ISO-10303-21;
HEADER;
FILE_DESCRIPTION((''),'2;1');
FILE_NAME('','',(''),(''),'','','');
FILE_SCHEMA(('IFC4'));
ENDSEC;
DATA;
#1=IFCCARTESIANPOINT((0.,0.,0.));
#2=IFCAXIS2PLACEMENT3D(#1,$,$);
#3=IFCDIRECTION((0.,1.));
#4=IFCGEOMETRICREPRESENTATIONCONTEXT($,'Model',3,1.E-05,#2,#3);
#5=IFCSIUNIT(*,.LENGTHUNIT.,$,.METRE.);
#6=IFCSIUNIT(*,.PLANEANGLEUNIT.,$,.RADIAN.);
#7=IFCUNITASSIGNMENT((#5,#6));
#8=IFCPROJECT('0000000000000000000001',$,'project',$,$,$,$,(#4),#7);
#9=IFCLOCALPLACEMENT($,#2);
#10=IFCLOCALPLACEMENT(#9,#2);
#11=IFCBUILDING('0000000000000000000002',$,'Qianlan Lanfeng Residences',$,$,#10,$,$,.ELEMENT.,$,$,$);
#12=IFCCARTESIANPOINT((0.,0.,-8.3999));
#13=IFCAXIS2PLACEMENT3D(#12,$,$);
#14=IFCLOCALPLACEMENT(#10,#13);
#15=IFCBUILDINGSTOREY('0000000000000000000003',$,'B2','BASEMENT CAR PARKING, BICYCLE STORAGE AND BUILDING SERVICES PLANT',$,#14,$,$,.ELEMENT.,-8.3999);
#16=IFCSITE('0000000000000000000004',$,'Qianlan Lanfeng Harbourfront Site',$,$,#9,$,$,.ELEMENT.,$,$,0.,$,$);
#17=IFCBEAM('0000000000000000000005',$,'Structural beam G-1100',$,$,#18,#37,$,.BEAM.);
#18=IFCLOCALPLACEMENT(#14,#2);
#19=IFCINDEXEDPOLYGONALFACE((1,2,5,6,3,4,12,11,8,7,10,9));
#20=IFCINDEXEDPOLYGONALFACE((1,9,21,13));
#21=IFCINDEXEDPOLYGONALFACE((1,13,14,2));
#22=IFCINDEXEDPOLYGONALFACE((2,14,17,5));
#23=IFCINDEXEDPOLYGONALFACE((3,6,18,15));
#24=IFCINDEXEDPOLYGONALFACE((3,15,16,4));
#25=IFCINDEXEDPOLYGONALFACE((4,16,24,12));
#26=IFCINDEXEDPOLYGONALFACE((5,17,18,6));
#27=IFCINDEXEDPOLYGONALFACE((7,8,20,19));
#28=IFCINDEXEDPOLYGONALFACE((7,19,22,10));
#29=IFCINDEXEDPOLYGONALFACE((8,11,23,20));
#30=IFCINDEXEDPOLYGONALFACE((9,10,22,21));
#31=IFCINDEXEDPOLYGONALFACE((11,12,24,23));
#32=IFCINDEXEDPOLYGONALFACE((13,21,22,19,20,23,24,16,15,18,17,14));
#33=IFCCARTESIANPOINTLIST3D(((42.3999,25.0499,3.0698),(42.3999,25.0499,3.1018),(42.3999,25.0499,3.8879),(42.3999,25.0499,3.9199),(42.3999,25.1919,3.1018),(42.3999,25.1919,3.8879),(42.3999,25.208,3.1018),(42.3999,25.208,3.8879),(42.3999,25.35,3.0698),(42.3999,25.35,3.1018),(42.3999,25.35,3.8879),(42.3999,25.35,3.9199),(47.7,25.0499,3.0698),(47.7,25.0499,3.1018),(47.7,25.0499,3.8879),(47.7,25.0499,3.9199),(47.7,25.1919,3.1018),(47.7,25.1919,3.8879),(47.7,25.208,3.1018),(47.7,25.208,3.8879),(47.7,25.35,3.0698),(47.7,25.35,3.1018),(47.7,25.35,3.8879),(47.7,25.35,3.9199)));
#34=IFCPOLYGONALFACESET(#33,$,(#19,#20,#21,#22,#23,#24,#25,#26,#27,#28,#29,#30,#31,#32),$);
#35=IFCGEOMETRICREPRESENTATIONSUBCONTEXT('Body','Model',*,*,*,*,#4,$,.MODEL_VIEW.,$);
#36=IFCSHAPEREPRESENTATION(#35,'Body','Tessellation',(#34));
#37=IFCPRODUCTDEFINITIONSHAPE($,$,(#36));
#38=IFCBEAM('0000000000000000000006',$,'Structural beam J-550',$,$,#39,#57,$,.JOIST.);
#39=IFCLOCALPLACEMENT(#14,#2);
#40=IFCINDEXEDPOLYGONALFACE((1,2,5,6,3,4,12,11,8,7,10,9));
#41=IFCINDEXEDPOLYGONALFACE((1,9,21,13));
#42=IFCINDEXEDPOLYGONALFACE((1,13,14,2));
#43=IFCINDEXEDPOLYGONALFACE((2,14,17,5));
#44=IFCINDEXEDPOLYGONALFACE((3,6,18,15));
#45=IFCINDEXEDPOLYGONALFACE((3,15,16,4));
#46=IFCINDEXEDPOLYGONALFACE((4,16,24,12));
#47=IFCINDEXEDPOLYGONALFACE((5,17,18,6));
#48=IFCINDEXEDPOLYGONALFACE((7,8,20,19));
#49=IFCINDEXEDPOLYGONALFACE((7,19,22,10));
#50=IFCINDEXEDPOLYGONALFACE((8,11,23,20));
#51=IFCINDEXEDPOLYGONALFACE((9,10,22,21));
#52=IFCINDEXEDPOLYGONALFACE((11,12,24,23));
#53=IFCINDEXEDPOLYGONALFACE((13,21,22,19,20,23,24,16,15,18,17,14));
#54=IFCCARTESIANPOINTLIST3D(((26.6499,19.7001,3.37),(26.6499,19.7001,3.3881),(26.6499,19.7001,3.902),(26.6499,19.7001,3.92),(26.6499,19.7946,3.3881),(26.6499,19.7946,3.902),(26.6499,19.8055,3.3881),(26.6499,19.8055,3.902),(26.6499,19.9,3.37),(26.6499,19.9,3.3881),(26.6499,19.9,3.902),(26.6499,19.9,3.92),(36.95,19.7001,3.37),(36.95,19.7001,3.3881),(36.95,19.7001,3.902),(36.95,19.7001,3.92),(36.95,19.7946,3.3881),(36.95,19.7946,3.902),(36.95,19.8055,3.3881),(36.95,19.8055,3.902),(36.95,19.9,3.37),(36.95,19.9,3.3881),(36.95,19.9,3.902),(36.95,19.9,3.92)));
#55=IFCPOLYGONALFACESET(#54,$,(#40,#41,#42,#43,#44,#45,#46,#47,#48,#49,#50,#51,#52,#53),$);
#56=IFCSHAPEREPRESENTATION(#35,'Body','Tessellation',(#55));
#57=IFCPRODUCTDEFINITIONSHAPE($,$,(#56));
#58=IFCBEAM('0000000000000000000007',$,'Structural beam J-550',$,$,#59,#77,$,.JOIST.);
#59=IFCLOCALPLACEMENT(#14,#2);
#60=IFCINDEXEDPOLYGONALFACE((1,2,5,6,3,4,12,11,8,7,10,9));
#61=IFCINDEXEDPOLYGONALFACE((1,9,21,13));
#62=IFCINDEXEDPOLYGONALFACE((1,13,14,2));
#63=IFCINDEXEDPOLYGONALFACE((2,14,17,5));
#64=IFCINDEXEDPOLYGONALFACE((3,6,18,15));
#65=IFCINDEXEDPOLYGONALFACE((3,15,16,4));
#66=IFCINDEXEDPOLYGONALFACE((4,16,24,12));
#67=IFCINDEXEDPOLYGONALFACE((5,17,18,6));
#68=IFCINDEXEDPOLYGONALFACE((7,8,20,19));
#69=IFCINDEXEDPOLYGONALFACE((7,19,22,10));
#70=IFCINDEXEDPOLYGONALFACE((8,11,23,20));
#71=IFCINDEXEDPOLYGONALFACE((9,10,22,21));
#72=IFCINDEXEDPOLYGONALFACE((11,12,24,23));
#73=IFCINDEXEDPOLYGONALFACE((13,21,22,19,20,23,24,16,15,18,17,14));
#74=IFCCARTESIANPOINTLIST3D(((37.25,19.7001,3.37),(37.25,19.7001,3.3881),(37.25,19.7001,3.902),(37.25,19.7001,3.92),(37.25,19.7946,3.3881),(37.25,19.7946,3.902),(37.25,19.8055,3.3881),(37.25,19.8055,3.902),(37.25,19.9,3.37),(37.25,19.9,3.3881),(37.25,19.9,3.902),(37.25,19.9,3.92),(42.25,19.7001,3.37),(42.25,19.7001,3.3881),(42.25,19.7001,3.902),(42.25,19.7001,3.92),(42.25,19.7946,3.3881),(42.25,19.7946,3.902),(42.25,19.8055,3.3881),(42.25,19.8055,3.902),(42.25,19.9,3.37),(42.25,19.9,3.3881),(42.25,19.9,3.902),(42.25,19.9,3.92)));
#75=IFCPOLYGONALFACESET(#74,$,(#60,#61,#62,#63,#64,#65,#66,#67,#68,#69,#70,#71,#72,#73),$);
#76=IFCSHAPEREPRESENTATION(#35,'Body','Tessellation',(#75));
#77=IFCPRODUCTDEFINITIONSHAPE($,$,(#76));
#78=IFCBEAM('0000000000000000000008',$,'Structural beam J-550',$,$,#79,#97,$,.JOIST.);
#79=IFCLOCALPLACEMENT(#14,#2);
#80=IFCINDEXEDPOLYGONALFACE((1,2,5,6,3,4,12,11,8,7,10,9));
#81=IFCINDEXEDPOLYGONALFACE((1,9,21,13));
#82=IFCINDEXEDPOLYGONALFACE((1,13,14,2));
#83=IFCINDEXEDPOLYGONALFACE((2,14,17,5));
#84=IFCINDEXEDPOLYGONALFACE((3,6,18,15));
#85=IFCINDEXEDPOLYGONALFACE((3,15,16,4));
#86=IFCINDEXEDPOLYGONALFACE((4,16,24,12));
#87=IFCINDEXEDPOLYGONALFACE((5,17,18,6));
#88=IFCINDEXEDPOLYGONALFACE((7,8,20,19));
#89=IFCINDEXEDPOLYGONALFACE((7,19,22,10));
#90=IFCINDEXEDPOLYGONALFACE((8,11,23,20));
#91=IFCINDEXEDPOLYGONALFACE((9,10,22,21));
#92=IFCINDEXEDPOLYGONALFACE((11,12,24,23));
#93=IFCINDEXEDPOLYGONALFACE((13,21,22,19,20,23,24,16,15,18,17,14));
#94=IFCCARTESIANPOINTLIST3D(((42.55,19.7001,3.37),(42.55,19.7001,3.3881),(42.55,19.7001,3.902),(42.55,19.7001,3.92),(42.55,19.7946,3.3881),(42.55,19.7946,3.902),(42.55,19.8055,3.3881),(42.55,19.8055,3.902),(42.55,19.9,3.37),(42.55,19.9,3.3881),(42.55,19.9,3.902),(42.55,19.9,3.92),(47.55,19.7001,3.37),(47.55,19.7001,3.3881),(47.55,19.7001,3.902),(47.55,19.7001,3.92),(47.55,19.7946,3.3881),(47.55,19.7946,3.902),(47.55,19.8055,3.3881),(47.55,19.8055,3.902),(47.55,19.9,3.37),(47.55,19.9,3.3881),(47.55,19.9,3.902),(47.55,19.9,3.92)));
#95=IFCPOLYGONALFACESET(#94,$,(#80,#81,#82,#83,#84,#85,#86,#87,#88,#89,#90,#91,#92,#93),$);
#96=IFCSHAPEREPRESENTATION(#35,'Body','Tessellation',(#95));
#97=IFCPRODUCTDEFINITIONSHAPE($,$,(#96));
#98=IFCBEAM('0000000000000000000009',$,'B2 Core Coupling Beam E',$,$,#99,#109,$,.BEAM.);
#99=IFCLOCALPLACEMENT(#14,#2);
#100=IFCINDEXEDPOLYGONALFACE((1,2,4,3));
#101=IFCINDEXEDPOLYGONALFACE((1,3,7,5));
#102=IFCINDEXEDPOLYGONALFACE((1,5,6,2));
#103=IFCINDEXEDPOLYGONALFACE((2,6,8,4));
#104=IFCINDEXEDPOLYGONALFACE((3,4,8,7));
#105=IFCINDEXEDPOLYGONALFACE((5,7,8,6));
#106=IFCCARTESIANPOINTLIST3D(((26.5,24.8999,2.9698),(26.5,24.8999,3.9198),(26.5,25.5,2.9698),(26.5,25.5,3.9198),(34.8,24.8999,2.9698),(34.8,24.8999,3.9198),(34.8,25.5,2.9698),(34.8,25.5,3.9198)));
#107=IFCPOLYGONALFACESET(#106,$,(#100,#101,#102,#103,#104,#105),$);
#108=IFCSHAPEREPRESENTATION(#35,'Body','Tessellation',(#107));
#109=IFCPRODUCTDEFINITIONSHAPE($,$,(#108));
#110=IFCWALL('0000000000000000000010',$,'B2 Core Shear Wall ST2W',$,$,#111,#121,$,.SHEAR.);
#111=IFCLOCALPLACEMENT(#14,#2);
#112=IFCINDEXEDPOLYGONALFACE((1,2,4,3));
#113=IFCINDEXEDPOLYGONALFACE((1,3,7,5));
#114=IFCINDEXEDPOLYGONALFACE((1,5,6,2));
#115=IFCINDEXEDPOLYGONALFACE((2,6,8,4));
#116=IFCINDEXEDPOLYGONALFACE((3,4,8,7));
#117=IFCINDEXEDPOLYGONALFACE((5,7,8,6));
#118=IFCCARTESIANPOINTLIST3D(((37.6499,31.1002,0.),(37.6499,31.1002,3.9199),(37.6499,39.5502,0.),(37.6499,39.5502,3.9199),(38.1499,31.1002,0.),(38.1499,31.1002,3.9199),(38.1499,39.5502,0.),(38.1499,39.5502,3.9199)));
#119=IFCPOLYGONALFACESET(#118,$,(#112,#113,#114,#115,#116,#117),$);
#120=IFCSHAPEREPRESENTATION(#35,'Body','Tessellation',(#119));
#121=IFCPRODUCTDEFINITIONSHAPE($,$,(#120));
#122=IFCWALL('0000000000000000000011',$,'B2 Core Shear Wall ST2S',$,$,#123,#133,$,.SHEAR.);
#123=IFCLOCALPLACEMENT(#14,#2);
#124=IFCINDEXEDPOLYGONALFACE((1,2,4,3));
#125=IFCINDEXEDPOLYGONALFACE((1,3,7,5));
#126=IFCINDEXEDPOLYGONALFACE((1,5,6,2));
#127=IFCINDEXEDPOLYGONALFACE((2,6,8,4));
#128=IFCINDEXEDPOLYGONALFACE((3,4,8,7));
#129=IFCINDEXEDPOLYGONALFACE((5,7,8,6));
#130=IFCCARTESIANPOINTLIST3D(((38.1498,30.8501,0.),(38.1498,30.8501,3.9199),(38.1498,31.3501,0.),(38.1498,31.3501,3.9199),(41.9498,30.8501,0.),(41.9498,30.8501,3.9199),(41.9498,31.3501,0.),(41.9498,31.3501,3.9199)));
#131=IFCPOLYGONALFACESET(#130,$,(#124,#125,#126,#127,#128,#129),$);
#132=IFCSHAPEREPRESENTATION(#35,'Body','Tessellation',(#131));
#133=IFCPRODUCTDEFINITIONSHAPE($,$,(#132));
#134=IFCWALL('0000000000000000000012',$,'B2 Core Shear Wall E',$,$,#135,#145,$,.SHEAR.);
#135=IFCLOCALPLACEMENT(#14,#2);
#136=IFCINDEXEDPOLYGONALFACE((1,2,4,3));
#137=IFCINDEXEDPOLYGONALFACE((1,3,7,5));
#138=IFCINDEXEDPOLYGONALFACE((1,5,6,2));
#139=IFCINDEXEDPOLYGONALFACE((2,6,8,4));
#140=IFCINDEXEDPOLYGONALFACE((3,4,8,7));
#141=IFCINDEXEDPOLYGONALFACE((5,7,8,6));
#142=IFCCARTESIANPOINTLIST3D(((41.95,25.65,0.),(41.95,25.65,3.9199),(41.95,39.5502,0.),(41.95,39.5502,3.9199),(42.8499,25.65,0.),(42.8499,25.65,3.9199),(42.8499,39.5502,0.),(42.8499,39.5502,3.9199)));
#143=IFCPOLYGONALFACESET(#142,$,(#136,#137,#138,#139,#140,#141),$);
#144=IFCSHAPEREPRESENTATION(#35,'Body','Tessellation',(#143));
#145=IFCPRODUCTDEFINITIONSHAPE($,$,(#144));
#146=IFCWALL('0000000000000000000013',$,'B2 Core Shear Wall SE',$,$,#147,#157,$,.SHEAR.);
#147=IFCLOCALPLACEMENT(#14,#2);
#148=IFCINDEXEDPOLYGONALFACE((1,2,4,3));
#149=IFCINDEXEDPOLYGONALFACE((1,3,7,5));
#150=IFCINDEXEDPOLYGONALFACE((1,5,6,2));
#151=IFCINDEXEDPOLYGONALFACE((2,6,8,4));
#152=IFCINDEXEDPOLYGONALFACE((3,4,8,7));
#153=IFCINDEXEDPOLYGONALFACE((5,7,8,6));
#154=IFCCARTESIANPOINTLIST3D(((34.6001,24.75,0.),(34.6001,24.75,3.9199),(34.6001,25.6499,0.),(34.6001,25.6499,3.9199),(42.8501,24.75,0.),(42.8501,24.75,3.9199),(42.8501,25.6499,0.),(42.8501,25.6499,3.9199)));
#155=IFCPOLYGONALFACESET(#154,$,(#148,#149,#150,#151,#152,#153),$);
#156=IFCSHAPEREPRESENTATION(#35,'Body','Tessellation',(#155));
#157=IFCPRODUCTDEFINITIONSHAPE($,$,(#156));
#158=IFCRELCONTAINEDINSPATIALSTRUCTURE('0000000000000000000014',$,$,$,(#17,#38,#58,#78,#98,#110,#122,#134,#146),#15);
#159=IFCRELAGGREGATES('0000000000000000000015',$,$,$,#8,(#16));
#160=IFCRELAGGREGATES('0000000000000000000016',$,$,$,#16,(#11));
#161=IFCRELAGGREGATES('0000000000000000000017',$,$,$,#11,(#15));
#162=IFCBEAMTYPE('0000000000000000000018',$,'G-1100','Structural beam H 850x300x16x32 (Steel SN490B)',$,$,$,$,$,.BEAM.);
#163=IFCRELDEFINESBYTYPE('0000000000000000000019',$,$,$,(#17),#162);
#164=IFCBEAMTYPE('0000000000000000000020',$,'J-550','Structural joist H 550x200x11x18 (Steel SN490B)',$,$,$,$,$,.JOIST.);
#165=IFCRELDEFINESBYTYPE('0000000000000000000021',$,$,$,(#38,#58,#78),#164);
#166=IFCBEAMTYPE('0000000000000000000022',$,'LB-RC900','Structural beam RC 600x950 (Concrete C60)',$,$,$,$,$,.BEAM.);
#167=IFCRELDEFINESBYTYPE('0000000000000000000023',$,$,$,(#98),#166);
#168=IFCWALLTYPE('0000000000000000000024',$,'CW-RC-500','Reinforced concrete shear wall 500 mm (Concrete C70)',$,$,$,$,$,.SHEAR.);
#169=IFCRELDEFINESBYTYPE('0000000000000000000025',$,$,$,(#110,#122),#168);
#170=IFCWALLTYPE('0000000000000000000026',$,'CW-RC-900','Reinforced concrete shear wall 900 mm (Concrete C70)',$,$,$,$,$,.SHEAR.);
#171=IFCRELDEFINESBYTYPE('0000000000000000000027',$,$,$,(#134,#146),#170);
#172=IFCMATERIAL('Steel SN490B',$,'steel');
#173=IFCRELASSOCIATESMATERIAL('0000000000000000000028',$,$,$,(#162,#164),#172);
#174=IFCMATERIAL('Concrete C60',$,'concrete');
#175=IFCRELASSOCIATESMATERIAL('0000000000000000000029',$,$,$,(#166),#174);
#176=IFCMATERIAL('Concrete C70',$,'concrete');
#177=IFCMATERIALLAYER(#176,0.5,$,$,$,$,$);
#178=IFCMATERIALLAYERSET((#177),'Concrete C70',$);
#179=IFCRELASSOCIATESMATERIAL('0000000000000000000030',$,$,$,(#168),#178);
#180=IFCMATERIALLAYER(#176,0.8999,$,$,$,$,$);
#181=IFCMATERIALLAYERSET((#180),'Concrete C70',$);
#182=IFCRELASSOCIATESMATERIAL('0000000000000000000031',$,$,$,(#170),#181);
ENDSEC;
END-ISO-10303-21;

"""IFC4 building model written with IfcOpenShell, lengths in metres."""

from ifc_helpers import new_model, si_unit, direction, frame, frame_2d, origin, origin_2d, place, context, subcontext, project, spatial, rectangle, i_section, extrude, material, layer, layer_set, material_profile, profile_set, type_object, element, save


model = new_model("IFC4")

# Units and contexts
model_context = context("Model", 3, precision=1e-05, world=origin(), true_north=direction((0.0, 1.0)))
body_context = subcontext(model_context, "Body", "Model", "MODEL_VIEW")
ifc_project = project(units=[si_unit("LENGTHUNIT", "METRE"), si_unit("PLANEANGLEUNIT", "RADIAN")], contexts=[model_context])

# Site, building, storey
site_placement = place(None, origin())
site = spatial("IfcSite", under=ifc_project, at=site_placement, Name="Qianlan Lanfeng Harbourfront Site", CompositionType="ELEMENT", RefElevation=0.0)
building_placement = place(site_placement, origin())
building = spatial("IfcBuilding", under=site, at=building_placement, Name="Qianlan Lanfeng Residences", CompositionType="ELEMENT")
storey_placement = place(building_placement, frame((0.0, 0.0, -8.3999)))
storey = spatial("IfcBuildingStorey", under=building, at=storey_placement, Name="B2", Description="BASEMENT CAR PARKING, BICYCLE STORAGE AND BUILDING SERVICES PLANT", CompositionType="ELEMENT", Elevation=-8.3999)

# Beams
ifc_material_1 = material(Name="Steel SN490B", Category="steel")
ifc_material_profile_1 = material_profile(ifc_material_1, i_section(OverallWidth=0.3, OverallDepth=0.8501, WebThickness=0.0161, FlangeThickness=0.032, at=origin_2d()), Name="H 850x300x16x32")
ifc_profile_set_1 = profile_set([ifc_material_profile_1], Name="Steel SN490B")
beam_type_1 = type_object("IfcBeamType", Name="G-1100", Description="Structural beam H 850x300x16x32 (Steel SN490B)", PredefinedType="BEAM", material=ifc_profile_set_1)
beam_1_placement = place(storey_placement, frame((42.3999, 25.2, 3.4949), z_axis=(1.0, 0.0, 0.0), x_axis=(0.0, 1.0, 0.0)))
element("IfcBeam", 1, at=beam_1_placement, inside=storey, type_object=beam_type_1, Name="Structural beam G-1100", PredefinedType="BEAM", context=body_context, shape_type="SweptSolid", body=[
    extrude(i_section(OverallWidth=0.3, OverallDepth=0.8501, WebThickness=0.0161, FlangeThickness=0.032, at=origin_2d()), origin(), (0.0, 0.0, 1.0), 5.3),
])
ifc_material_profile_2 = material_profile(ifc_material_1, i_section(OverallWidth=0.2, OverallDepth=0.55, WebThickness=0.011, FlangeThickness=0.0181, at=origin_2d()), Name="H 550x200x11x18")
ifc_profile_set_2 = profile_set([ifc_material_profile_2], Name="Steel SN490B")
beam_type_2 = type_object("IfcBeamType", Name="J-550", Description="Structural joist H 550x200x11x18 (Steel SN490B)", PredefinedType="JOIST", material=ifc_profile_set_2)
beam_2_placement = place(storey_placement, frame((26.6499, 19.8, 3.645), z_axis=(1.0, 0.0, 0.0), x_axis=(0.0, 1.0, 0.0)))
element("IfcBeam", 2, at=beam_2_placement, inside=storey, type_object=beam_type_2, Name="Structural beam J-550", PredefinedType="JOIST", context=body_context, shape_type="SweptSolid", body=[
    extrude(i_section(OverallWidth=0.2, OverallDepth=0.55, WebThickness=0.011, FlangeThickness=0.0181, at=origin_2d()), origin(), (0.0, 0.0, 1.0), 10.3),
])
for number, where, z_axis, x_axis, name in (
    (3, (37.25, 19.8, 3.645), (1.0, 0.0, 0.0), (0.0, 1.0, 0.0), "Structural beam J-550"),
    (4, (42.55, 19.8, 3.645), (1.0, 0.0, 0.0), (0.0, 1.0, 0.0), "Structural beam J-550"),
):
    element("IfcBeam", number, at=place(storey_placement, frame(where, z_axis=z_axis, x_axis=x_axis)), inside=storey, type_object=beam_type_2, Name=name, PredefinedType="JOIST", context=body_context, shape_type="SweptSolid", body=[
        extrude(i_section(OverallWidth=0.2, OverallDepth=0.55, WebThickness=0.011, FlangeThickness=0.0181, at=origin_2d()), origin(), (0.0, 0.0, 1.0), 5.0),
    ])
ifc_material_2 = material(Name="Concrete C60", Category="concrete")
ifc_material_profile_3 = material_profile(ifc_material_2, rectangle(XDim=0.6001, YDim=0.95, at=origin_2d()), Name="RC 600x950")
ifc_profile_set_3 = profile_set([ifc_material_profile_3], Name="Concrete C60")
beam_type_3 = type_object("IfcBeamType", Name="LB-RC900", Description="Structural beam RC 600x950 (Concrete C60)", PredefinedType="BEAM", material=ifc_profile_set_3)
beam_3_placement = place(storey_placement, frame((26.5, 25.2, 3.4448), z_axis=(1.0, 0.0, 0.0), x_axis=(0.0, 1.0, 0.0)))
element("IfcBeam", 5, at=beam_3_placement, inside=storey, type_object=beam_type_3, Name="B2 Core Coupling Beam E", PredefinedType="BEAM", context=body_context, shape_type="SweptSolid", body=[
    extrude(rectangle(XDim=0.6001, YDim=0.95, at=origin_2d()), origin(), (0.0, 0.0, 1.0), 8.3),
])

# Walls
ifc_material_3 = material(Name="Concrete C70", Category="concrete")
ifc_layer_1 = layer(ifc_material_3, 0.5)
ifc_layer_set_1 = layer_set([ifc_layer_1], Name="Concrete C70")
wall_type_1 = type_object("IfcWallType", Name="CW-RC-500", Description="Reinforced concrete shear wall 500 mm (Concrete C70)", PredefinedType="SHEAR", material=ifc_layer_set_1)
wall_1_placement = place(storey_placement, frame((37.8999, 31.1001, 0.0), z_axis=(0.0, 0.0, 1.0), x_axis=(0.0, 1.0, 0.0)))
element("IfcWall", 6, at=wall_1_placement, inside=storey, type_object=wall_type_1, Name="B2 Core Shear Wall ST2W", PredefinedType="SHEAR", context=body_context, shape_type="SweptSolid", body=[
    extrude(rectangle(XDim=8.45, YDim=0.5, at=frame_2d((4.2251, 0.0))), origin(), (0.0, 0.0, 1.0), 3.9199),
])
wall_2_placement = place(storey_placement, frame((38.1499, 31.1001, 0.0), z_axis=(0.0, 0.0, 1.0), x_axis=(1.0, 0.0, 0.0)))
element("IfcWall", 7, at=wall_2_placement, inside=storey, type_object=wall_type_1, Name="B2 Core Shear Wall ST2S", PredefinedType="SHEAR", context=body_context, shape_type="SweptSolid", body=[
    extrude(rectangle(XDim=3.8, YDim=0.5, at=frame_2d((1.8999, 0.0))), origin(), (0.0, 0.0, 1.0), 3.9199),
])
ifc_layer_2 = layer(ifc_material_3, 0.8999)
ifc_layer_set_2 = layer_set([ifc_layer_2], Name="Concrete C70")
wall_type_2 = type_object("IfcWallType", Name="CW-RC-900", Description="Reinforced concrete shear wall 900 mm (Concrete C70)", PredefinedType="SHEAR", material=ifc_layer_set_2)
wall_3_placement = place(storey_placement, frame((42.3999, 25.6499, 0.0), z_axis=(0.0, 0.0, 1.0), x_axis=(0.0, 1.0, 0.0)))
element("IfcWall", 8, at=wall_3_placement, inside=storey, type_object=wall_type_2, Name="B2 Core Shear Wall E", PredefinedType="SHEAR", context=body_context, shape_type="SweptSolid", body=[
    extrude(rectangle(XDim=13.9001, YDim=0.8999, at=frame_2d((6.9502, 0.0))), origin(), (0.0, 0.0, 1.0), 3.9199),
])
wall_4_placement = place(storey_placement, frame((34.6001, 25.2, 0.0), z_axis=(0.0, 0.0, 1.0), x_axis=(1.0, 0.0, 0.0)))
element("IfcWall", 9, at=wall_4_placement, inside=storey, type_object=wall_type_2, Name="B2 Core Shear Wall SE", PredefinedType="SHEAR", context=body_context, shape_type="SweptSolid", body=[
    extrude(rectangle(XDim=8.25, YDim=0.8999, at=frame_2d((4.125, 0.0))), origin(), (0.0, 0.0, 1.0), 3.9199),
])

save(model, "model.ifc")
